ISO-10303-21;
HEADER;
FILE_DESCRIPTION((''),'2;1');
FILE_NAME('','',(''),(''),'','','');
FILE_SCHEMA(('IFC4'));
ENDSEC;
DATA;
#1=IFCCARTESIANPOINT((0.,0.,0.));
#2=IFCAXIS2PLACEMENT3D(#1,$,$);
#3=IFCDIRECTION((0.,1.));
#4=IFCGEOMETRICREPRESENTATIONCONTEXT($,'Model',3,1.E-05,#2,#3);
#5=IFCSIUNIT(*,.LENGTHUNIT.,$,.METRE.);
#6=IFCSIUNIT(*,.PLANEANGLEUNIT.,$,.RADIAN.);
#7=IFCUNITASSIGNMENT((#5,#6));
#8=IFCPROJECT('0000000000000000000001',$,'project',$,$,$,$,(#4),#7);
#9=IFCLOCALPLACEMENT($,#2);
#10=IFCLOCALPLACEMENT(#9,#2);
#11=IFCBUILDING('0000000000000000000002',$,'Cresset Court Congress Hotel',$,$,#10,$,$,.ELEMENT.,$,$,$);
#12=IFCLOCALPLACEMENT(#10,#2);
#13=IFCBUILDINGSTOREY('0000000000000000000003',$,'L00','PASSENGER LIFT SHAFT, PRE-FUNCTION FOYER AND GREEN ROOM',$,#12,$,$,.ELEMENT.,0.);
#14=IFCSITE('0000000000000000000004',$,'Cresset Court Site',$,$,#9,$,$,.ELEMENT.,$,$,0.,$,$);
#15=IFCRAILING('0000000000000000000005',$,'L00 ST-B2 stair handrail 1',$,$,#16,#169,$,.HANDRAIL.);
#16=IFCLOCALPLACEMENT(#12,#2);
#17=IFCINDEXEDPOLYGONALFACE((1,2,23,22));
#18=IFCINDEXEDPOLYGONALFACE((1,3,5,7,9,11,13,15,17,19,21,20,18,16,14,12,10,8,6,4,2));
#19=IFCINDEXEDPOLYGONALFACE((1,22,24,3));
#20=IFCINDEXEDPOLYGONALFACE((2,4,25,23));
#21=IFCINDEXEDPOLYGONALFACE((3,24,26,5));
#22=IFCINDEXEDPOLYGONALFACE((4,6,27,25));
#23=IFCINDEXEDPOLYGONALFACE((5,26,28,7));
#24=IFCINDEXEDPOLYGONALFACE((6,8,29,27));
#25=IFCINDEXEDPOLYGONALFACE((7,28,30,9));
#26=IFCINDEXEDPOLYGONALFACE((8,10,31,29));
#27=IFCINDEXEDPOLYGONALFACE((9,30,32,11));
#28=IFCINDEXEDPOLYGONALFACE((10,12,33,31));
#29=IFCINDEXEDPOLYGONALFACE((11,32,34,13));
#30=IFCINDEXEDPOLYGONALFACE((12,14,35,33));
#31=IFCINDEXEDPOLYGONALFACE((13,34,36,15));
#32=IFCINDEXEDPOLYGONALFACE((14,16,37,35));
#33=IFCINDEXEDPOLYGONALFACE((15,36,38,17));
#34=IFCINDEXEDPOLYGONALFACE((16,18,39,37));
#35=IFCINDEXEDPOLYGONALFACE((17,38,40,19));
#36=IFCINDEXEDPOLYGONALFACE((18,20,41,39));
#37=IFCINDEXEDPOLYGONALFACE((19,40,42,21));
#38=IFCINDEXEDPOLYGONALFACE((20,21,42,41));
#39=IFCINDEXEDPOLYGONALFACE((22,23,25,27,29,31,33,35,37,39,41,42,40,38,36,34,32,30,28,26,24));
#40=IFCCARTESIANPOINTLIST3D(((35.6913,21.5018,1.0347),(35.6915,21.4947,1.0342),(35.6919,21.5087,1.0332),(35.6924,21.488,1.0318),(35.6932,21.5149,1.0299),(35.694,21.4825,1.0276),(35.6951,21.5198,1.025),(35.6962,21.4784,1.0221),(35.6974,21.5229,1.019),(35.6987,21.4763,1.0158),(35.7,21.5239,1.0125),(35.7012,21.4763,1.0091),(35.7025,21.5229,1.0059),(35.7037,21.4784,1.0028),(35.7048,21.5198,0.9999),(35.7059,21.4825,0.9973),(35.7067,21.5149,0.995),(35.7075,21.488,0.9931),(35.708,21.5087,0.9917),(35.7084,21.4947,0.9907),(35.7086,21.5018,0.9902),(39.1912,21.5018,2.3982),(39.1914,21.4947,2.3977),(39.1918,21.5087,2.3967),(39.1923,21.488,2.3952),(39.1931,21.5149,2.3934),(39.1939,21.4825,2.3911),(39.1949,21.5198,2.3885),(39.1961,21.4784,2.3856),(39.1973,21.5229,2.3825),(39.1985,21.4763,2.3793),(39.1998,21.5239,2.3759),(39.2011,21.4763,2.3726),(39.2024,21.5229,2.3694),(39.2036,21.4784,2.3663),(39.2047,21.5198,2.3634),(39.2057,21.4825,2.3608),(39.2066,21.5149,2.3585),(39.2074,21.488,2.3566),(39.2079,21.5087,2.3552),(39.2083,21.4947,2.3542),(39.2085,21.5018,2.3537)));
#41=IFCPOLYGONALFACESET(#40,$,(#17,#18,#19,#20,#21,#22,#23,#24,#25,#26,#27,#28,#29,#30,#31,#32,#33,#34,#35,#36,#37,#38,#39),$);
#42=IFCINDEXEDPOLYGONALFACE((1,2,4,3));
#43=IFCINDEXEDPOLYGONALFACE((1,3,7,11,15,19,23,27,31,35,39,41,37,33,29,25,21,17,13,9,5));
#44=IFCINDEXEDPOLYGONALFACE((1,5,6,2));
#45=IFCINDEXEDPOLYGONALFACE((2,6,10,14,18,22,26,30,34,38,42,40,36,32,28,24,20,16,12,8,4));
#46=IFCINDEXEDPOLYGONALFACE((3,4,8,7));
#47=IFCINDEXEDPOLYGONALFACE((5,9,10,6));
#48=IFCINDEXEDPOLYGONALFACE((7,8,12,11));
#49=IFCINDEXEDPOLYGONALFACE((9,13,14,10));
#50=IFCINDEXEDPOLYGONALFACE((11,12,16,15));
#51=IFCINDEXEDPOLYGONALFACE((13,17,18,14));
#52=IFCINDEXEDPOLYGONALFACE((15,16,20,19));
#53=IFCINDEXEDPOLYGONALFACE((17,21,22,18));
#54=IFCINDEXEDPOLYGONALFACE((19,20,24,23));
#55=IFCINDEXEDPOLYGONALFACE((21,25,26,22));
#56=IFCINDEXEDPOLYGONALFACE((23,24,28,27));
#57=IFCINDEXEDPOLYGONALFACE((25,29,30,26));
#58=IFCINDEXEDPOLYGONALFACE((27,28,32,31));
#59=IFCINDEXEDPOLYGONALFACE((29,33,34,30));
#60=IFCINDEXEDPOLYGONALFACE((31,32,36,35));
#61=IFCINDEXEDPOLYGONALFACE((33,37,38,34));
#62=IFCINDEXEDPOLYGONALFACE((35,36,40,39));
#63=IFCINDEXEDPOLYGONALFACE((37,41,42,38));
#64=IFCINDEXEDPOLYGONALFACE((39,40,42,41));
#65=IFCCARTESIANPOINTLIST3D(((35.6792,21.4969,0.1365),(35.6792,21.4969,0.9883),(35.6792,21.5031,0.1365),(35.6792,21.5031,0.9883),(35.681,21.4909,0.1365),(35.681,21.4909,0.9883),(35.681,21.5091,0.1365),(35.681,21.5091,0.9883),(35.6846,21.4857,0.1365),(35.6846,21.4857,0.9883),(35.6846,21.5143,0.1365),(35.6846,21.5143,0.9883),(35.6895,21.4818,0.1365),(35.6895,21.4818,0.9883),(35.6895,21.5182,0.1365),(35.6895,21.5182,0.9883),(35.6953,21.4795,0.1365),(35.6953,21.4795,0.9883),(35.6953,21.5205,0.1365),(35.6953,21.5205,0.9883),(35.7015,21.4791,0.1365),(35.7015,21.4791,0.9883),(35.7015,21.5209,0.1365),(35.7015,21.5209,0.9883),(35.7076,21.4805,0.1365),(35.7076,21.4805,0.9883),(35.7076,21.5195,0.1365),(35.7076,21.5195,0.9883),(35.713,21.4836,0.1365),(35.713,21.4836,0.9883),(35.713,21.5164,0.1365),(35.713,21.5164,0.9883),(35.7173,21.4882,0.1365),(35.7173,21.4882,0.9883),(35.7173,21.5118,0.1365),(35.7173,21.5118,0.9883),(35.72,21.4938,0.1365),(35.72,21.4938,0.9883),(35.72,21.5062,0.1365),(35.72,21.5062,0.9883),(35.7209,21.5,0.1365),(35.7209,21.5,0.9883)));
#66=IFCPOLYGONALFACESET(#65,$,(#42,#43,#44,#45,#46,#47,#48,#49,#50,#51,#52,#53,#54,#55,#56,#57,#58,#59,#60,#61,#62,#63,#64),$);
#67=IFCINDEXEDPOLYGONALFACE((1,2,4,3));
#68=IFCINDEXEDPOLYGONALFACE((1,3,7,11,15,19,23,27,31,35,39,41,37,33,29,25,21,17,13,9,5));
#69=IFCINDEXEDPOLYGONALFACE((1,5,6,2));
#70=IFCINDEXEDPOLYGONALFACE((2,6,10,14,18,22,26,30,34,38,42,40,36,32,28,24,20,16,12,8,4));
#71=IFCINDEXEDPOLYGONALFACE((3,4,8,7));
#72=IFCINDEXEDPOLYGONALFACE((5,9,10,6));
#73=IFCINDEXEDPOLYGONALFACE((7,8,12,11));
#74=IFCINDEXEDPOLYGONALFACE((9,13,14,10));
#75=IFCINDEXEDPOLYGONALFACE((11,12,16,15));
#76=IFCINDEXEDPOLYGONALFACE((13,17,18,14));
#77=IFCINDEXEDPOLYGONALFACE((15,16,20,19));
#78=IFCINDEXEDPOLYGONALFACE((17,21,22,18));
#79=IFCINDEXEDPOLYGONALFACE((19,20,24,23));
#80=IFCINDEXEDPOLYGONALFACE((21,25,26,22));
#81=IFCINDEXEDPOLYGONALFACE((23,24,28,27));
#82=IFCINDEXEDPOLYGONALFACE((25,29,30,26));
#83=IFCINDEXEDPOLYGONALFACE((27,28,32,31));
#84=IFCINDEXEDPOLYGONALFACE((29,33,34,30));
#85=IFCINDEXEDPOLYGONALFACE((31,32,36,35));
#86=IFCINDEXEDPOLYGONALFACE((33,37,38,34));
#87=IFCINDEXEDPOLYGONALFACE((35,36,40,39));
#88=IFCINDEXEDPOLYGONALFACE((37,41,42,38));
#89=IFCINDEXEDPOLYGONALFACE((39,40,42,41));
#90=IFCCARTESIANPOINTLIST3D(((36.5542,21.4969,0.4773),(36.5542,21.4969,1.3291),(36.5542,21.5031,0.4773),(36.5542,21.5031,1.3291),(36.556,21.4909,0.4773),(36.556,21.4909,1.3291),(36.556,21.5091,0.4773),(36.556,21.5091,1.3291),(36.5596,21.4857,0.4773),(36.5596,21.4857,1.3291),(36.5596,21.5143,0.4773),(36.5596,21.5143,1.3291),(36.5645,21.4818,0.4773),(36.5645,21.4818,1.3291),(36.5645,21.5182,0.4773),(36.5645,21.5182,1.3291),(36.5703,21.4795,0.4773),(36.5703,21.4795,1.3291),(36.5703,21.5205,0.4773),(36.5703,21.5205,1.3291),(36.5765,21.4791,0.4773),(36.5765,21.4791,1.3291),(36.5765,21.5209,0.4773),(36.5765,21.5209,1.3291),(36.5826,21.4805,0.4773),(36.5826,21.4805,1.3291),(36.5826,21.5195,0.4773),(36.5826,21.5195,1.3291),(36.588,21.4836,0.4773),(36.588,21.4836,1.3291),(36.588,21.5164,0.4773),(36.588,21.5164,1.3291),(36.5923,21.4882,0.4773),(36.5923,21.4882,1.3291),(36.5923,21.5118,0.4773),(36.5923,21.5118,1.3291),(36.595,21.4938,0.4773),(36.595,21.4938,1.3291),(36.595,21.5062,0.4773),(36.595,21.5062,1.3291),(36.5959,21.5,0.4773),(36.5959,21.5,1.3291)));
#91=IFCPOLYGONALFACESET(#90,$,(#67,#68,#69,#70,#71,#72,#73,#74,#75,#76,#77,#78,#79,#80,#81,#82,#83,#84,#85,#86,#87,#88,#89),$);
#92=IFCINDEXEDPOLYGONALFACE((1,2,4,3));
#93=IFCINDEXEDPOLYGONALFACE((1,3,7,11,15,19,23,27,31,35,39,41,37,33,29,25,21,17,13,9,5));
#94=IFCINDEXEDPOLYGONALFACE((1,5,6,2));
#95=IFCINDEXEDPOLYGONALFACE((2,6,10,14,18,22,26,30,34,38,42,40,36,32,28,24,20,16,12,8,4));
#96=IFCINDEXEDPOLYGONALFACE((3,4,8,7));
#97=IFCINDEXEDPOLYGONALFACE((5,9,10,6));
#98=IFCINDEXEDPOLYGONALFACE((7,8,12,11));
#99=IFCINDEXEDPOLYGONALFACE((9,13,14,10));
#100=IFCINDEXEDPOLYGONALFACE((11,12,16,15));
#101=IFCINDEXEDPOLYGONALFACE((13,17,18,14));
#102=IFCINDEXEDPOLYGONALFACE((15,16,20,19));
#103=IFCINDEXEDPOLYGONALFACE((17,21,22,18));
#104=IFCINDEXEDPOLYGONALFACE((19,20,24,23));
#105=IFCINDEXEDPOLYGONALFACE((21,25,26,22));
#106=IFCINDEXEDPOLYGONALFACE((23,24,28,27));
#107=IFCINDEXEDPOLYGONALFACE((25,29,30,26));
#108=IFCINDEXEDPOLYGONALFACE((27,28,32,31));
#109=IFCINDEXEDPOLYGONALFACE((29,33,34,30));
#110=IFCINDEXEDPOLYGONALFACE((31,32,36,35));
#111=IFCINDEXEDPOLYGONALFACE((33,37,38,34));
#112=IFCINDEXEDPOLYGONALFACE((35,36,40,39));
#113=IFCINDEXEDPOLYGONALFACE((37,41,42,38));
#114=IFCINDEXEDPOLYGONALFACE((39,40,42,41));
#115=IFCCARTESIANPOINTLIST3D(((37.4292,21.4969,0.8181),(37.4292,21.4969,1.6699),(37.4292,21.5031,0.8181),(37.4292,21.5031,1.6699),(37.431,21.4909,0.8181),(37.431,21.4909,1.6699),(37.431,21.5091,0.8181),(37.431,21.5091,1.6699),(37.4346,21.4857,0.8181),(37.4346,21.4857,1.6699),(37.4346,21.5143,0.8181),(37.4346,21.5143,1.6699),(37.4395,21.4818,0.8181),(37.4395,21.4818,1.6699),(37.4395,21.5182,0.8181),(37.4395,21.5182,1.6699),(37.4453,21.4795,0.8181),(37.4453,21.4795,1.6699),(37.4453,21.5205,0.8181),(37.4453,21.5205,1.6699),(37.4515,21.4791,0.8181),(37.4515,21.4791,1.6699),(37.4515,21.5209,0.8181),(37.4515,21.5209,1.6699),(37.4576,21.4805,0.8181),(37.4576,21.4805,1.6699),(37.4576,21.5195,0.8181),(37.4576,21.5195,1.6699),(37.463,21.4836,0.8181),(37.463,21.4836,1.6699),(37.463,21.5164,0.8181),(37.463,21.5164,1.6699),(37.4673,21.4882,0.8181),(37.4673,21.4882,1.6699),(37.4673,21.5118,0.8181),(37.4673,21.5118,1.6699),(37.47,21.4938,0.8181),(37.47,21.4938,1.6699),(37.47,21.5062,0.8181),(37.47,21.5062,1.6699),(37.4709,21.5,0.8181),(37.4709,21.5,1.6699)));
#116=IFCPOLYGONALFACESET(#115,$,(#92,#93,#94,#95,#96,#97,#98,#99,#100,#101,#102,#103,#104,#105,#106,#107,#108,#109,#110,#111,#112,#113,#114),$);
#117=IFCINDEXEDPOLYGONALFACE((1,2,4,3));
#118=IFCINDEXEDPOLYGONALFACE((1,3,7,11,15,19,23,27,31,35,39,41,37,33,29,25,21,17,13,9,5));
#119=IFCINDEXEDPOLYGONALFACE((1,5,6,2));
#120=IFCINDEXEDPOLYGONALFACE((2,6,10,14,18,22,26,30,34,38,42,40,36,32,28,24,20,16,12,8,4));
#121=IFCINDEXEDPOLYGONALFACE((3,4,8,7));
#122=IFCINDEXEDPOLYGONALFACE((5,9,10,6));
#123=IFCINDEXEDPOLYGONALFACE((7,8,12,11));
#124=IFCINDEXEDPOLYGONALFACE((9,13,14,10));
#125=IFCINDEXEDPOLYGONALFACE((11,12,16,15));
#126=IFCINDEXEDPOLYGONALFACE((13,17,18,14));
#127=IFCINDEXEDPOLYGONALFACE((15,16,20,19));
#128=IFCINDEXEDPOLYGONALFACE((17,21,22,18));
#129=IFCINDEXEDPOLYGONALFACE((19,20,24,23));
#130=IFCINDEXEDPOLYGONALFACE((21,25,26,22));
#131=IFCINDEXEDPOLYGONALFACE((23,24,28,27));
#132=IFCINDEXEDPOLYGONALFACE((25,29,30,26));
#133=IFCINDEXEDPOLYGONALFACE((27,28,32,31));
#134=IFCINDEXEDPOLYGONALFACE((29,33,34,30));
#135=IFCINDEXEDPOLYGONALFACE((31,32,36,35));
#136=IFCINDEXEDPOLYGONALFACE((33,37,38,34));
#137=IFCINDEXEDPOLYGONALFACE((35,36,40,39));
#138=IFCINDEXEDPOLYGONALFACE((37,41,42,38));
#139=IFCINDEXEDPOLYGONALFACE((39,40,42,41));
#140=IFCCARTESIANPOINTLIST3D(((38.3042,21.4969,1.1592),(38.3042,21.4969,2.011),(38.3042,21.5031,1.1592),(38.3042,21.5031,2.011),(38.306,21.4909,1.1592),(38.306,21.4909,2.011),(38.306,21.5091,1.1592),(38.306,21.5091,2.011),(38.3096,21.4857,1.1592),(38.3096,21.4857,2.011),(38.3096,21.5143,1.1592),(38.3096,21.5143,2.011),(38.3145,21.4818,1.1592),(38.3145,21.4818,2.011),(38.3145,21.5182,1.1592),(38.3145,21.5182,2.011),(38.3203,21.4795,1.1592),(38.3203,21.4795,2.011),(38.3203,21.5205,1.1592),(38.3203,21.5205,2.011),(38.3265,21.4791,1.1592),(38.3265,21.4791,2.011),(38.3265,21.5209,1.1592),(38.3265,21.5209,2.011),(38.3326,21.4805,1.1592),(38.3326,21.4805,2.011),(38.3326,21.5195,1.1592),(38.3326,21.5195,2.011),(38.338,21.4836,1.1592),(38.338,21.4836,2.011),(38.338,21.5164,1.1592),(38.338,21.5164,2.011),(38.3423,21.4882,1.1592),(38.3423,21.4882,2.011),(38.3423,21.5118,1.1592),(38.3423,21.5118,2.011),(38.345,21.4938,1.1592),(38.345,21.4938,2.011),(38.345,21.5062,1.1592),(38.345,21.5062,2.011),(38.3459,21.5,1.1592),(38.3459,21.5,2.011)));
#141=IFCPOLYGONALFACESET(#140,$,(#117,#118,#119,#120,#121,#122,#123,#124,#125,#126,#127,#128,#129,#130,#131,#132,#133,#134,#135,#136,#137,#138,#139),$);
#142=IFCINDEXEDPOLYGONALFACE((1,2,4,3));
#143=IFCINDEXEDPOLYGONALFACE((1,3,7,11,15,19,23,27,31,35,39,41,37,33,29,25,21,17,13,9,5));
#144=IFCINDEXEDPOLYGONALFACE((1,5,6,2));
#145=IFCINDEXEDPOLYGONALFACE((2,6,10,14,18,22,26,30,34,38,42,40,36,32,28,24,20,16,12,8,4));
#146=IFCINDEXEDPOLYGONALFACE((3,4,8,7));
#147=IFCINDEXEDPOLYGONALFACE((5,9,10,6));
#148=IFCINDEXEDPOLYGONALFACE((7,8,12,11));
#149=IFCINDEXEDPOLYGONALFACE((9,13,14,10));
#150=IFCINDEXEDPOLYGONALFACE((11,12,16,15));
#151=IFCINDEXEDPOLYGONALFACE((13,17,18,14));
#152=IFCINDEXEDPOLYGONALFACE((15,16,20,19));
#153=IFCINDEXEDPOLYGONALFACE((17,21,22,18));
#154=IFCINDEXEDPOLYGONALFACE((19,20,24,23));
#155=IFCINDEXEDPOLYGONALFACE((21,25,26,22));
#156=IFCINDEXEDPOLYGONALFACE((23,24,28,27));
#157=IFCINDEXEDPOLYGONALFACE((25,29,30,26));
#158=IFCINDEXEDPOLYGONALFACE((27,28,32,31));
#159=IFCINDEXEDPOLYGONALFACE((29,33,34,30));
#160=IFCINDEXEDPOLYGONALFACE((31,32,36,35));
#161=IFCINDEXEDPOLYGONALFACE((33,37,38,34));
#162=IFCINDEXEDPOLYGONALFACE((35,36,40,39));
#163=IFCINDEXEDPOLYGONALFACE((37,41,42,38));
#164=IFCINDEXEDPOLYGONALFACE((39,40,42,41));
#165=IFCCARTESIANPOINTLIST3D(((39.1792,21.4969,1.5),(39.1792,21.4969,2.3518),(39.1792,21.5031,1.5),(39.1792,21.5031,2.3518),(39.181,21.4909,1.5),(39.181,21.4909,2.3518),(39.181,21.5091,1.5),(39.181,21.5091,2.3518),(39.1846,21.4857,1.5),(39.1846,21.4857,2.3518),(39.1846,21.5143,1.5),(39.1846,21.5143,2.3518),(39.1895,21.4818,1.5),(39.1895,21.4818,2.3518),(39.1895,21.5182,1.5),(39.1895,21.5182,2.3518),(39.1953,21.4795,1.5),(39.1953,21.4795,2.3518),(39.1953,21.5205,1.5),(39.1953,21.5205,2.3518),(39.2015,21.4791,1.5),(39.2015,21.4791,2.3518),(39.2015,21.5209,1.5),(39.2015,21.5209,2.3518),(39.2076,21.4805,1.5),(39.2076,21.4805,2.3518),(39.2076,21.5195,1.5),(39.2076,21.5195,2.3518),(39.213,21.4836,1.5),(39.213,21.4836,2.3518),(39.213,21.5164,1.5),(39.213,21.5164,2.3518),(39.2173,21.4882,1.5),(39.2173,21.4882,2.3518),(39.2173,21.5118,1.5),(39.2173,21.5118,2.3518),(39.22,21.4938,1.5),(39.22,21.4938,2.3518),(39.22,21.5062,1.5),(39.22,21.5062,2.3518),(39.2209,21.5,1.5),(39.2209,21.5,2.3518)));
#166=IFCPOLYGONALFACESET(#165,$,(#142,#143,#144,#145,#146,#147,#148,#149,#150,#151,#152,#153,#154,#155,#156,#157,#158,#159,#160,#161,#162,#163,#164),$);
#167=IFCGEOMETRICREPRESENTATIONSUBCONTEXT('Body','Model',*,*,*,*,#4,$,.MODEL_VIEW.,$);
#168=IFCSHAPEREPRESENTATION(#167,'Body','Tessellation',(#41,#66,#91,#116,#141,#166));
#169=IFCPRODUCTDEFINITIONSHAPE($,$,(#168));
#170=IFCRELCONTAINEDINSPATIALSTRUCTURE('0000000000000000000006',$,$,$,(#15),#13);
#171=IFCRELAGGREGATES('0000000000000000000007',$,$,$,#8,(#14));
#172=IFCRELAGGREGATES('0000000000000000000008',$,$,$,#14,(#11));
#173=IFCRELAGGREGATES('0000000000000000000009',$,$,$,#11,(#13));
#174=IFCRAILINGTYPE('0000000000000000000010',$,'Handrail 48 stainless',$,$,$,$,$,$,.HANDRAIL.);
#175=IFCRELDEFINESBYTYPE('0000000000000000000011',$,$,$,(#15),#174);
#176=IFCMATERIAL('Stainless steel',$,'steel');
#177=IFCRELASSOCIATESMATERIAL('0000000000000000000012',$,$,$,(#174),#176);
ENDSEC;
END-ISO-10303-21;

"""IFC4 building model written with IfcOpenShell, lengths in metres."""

from ifc_helpers import new_model, si_unit, direction, frame, origin, origin_2d, place, context, subcontext, project, spatial, circle, extrude, material, type_object, element, save


model = new_model("IFC4")

# Units and contexts
model_context = context("Model", 3, precision=1e-05, world=origin(), true_north=direction((0.0, 1.0)))
body_context = subcontext(model_context, "Body", "Model", "MODEL_VIEW")
ifc_project = project(units=[si_unit("LENGTHUNIT", "METRE"), si_unit("PLANEANGLEUNIT", "RADIAN")], contexts=[model_context])

# Site, building, storey
site_placement = place(None, origin())
site = spatial("IfcSite", under=ifc_project, at=site_placement, Name="Cresset Court Site", CompositionType="ELEMENT", RefElevation=0.0)
building_placement = place(site_placement, origin())
building = spatial("IfcBuilding", under=site, at=building_placement, Name="Cresset Court Congress Hotel", CompositionType="ELEMENT")
storey_placement = place(building_placement, origin())
storey = spatial("IfcBuildingStorey", under=building, at=storey_placement, Name="L00", Description="PASSENGER LIFT SHAFT, PRE-FUNCTION FOYER AND GREEN ROOM", CompositionType="ELEMENT", Elevation=0.0)

# Railing
ifc_material_1 = material(Name="Stainless steel", Category="steel")
railing_type_1 = type_object("IfcRailingType", Name="Handrail 48 stainless", PredefinedType="HANDRAIL", material=ifc_material_1)
railing_1_placement = place(storey_placement, frame((35.7, 21.5, 0.1365)))
element("IfcRailing", 1, at=railing_1_placement, inside=storey, type_object=railing_type_1, Name="L00 ST-B2 stair handrail 1", PredefinedType="HANDRAIL", context=body_context, shape_type="SweptSolid", body=[
    extrude(circle(Radius=0.0239, at=origin_2d()), frame((0.0, 0.0, 0.876), z_axis=(0.931787, 0.0, 0.363005), x_axis=(0.0, 1.0, 0.0)), (0.0, 0.0, 1.0), 3.7561),
    extrude(circle(Radius=0.021, at=origin_2d()), origin(), (0.0, 0.0, 1.0), 0.8518),
    extrude(circle(Radius=0.021, at=origin_2d()), frame((0.875, 0.0, 0.3408)), (0.0, 0.0, 1.0), 0.8518),
    extrude(circle(Radius=0.021, at=origin_2d()), frame((1.75, 0.0, 0.6816)), (0.0, 0.0, 1.0), 0.8518),
    extrude(circle(Radius=0.021, at=origin_2d()), frame((2.625, 0.0, 1.0227)), (0.0, 0.0, 1.0), 0.8518),
    extrude(circle(Radius=0.021, at=origin_2d()), frame((3.5, 0.0, 1.3635)), (0.0, 0.0, 1.0), 0.8518),
])

save(model, "model.ifc")
